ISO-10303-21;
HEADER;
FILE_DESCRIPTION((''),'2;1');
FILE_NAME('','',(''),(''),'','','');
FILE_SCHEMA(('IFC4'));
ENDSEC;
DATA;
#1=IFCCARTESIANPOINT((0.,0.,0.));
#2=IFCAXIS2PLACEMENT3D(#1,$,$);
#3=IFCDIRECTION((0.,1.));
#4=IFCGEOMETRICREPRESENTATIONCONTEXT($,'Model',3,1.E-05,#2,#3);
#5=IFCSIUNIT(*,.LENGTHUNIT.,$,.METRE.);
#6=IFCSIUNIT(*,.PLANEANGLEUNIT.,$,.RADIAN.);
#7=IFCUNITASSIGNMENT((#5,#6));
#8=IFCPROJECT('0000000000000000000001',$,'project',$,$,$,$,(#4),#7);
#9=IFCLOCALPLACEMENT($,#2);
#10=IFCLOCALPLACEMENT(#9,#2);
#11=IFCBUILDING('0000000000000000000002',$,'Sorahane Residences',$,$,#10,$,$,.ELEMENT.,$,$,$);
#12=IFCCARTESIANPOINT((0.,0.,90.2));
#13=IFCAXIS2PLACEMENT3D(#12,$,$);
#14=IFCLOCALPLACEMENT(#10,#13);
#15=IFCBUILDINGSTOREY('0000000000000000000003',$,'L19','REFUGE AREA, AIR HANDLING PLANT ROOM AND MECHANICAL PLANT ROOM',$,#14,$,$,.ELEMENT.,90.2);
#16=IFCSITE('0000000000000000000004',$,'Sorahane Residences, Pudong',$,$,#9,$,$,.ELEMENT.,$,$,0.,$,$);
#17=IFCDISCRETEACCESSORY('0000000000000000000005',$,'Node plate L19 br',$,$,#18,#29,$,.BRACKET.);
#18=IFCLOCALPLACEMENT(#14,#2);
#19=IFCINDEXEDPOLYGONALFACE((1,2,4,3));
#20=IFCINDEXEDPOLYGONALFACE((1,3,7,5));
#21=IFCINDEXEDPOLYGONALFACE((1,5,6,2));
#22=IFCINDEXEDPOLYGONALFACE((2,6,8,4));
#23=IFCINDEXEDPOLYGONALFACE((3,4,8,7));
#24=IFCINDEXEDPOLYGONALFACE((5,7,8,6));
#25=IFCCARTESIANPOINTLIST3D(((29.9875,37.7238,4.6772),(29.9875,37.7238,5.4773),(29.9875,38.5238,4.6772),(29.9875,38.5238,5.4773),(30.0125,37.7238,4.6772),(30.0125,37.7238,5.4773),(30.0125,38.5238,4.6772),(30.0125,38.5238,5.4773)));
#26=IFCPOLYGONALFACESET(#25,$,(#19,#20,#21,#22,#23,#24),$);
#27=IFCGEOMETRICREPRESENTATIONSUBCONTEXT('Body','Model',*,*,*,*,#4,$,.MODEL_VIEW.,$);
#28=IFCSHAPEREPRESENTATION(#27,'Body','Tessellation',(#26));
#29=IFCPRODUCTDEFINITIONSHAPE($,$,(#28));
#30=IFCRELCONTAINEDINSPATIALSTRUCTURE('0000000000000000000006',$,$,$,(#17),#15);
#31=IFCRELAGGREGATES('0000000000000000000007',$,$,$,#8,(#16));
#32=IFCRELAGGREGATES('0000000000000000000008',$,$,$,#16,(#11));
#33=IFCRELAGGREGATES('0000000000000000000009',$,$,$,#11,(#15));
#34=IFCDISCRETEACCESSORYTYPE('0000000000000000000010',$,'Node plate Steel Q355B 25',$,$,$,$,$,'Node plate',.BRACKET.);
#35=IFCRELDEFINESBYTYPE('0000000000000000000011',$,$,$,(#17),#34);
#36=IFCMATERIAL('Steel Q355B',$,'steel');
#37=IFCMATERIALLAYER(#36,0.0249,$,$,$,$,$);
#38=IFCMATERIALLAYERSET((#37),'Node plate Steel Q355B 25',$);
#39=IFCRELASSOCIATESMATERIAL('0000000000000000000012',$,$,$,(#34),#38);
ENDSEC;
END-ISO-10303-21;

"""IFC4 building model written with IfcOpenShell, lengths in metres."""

from ifc_helpers import new_model, si_unit, direction, frame, origin, origin_2d, place, context, subcontext, project, spatial, rectangle, extrude, material, layer, layer_set, type_object, element, save


model = new_model("IFC4")

# Units and contexts
model_context = context("Model", 3, precision=1e-05, world=origin(), true_north=direction((0.0, 1.0)))
body_context = subcontext(model_context, "Body", "Model", "MODEL_VIEW")
ifc_project = project(units=[si_unit("LENGTHUNIT", "METRE"), si_unit("PLANEANGLEUNIT", "RADIAN")], contexts=[model_context])

# Site, building, storey
site_placement = place(None, origin())
site = spatial("IfcSite", under=ifc_project, at=site_placement, Name="Sorahane Residences, Pudong", CompositionType="ELEMENT", RefElevation=0.0)
building_placement = place(site_placement, origin())
building = spatial("IfcBuilding", under=site, at=building_placement, Name="Sorahane Residences", CompositionType="ELEMENT")
storey_placement = place(building_placement, frame((0.0, 0.0, 90.2)))
storey = spatial("IfcBuildingStorey", under=building, at=storey_placement, Name="L19", Description="REFUGE AREA, AIR HANDLING PLANT ROOM AND MECHANICAL PLANT ROOM", CompositionType="ELEMENT", Elevation=90.2)

# Discrete accessory
ifc_material_1 = material(Name="Steel Q355B", Category="steel")
ifc_layer_1 = layer(ifc_material_1, 0.0249)
ifc_layer_set_1 = layer_set([ifc_layer_1], Name="Node plate Steel Q355B 25")
discrete_accessory_type = type_object("IfcDiscreteAccessoryType", Name="Node plate Steel Q355B 25", ElementType="Node plate", PredefinedType="BRACKET", material=ifc_layer_set_1)
discrete_accessory_placement = place(storey_placement, frame((30.0, 38.1238, 4.6772), z_axis=(0.0, 0.0, 1.0), x_axis=(0.0, 1.0, 0.0)))
element("IfcDiscreteAccessory", 1, at=discrete_accessory_placement, inside=storey, type_object=discrete_accessory_type, Name="Node plate L19 br", PredefinedType="BRACKET", context=body_context, shape_type="SweptSolid", body=[
    extrude(rectangle(XDim=0.8, YDim=0.0249, at=origin_2d()), origin(), (0.0, 0.0, 1.0), 0.8),
])

save(model, "model.ifc")
